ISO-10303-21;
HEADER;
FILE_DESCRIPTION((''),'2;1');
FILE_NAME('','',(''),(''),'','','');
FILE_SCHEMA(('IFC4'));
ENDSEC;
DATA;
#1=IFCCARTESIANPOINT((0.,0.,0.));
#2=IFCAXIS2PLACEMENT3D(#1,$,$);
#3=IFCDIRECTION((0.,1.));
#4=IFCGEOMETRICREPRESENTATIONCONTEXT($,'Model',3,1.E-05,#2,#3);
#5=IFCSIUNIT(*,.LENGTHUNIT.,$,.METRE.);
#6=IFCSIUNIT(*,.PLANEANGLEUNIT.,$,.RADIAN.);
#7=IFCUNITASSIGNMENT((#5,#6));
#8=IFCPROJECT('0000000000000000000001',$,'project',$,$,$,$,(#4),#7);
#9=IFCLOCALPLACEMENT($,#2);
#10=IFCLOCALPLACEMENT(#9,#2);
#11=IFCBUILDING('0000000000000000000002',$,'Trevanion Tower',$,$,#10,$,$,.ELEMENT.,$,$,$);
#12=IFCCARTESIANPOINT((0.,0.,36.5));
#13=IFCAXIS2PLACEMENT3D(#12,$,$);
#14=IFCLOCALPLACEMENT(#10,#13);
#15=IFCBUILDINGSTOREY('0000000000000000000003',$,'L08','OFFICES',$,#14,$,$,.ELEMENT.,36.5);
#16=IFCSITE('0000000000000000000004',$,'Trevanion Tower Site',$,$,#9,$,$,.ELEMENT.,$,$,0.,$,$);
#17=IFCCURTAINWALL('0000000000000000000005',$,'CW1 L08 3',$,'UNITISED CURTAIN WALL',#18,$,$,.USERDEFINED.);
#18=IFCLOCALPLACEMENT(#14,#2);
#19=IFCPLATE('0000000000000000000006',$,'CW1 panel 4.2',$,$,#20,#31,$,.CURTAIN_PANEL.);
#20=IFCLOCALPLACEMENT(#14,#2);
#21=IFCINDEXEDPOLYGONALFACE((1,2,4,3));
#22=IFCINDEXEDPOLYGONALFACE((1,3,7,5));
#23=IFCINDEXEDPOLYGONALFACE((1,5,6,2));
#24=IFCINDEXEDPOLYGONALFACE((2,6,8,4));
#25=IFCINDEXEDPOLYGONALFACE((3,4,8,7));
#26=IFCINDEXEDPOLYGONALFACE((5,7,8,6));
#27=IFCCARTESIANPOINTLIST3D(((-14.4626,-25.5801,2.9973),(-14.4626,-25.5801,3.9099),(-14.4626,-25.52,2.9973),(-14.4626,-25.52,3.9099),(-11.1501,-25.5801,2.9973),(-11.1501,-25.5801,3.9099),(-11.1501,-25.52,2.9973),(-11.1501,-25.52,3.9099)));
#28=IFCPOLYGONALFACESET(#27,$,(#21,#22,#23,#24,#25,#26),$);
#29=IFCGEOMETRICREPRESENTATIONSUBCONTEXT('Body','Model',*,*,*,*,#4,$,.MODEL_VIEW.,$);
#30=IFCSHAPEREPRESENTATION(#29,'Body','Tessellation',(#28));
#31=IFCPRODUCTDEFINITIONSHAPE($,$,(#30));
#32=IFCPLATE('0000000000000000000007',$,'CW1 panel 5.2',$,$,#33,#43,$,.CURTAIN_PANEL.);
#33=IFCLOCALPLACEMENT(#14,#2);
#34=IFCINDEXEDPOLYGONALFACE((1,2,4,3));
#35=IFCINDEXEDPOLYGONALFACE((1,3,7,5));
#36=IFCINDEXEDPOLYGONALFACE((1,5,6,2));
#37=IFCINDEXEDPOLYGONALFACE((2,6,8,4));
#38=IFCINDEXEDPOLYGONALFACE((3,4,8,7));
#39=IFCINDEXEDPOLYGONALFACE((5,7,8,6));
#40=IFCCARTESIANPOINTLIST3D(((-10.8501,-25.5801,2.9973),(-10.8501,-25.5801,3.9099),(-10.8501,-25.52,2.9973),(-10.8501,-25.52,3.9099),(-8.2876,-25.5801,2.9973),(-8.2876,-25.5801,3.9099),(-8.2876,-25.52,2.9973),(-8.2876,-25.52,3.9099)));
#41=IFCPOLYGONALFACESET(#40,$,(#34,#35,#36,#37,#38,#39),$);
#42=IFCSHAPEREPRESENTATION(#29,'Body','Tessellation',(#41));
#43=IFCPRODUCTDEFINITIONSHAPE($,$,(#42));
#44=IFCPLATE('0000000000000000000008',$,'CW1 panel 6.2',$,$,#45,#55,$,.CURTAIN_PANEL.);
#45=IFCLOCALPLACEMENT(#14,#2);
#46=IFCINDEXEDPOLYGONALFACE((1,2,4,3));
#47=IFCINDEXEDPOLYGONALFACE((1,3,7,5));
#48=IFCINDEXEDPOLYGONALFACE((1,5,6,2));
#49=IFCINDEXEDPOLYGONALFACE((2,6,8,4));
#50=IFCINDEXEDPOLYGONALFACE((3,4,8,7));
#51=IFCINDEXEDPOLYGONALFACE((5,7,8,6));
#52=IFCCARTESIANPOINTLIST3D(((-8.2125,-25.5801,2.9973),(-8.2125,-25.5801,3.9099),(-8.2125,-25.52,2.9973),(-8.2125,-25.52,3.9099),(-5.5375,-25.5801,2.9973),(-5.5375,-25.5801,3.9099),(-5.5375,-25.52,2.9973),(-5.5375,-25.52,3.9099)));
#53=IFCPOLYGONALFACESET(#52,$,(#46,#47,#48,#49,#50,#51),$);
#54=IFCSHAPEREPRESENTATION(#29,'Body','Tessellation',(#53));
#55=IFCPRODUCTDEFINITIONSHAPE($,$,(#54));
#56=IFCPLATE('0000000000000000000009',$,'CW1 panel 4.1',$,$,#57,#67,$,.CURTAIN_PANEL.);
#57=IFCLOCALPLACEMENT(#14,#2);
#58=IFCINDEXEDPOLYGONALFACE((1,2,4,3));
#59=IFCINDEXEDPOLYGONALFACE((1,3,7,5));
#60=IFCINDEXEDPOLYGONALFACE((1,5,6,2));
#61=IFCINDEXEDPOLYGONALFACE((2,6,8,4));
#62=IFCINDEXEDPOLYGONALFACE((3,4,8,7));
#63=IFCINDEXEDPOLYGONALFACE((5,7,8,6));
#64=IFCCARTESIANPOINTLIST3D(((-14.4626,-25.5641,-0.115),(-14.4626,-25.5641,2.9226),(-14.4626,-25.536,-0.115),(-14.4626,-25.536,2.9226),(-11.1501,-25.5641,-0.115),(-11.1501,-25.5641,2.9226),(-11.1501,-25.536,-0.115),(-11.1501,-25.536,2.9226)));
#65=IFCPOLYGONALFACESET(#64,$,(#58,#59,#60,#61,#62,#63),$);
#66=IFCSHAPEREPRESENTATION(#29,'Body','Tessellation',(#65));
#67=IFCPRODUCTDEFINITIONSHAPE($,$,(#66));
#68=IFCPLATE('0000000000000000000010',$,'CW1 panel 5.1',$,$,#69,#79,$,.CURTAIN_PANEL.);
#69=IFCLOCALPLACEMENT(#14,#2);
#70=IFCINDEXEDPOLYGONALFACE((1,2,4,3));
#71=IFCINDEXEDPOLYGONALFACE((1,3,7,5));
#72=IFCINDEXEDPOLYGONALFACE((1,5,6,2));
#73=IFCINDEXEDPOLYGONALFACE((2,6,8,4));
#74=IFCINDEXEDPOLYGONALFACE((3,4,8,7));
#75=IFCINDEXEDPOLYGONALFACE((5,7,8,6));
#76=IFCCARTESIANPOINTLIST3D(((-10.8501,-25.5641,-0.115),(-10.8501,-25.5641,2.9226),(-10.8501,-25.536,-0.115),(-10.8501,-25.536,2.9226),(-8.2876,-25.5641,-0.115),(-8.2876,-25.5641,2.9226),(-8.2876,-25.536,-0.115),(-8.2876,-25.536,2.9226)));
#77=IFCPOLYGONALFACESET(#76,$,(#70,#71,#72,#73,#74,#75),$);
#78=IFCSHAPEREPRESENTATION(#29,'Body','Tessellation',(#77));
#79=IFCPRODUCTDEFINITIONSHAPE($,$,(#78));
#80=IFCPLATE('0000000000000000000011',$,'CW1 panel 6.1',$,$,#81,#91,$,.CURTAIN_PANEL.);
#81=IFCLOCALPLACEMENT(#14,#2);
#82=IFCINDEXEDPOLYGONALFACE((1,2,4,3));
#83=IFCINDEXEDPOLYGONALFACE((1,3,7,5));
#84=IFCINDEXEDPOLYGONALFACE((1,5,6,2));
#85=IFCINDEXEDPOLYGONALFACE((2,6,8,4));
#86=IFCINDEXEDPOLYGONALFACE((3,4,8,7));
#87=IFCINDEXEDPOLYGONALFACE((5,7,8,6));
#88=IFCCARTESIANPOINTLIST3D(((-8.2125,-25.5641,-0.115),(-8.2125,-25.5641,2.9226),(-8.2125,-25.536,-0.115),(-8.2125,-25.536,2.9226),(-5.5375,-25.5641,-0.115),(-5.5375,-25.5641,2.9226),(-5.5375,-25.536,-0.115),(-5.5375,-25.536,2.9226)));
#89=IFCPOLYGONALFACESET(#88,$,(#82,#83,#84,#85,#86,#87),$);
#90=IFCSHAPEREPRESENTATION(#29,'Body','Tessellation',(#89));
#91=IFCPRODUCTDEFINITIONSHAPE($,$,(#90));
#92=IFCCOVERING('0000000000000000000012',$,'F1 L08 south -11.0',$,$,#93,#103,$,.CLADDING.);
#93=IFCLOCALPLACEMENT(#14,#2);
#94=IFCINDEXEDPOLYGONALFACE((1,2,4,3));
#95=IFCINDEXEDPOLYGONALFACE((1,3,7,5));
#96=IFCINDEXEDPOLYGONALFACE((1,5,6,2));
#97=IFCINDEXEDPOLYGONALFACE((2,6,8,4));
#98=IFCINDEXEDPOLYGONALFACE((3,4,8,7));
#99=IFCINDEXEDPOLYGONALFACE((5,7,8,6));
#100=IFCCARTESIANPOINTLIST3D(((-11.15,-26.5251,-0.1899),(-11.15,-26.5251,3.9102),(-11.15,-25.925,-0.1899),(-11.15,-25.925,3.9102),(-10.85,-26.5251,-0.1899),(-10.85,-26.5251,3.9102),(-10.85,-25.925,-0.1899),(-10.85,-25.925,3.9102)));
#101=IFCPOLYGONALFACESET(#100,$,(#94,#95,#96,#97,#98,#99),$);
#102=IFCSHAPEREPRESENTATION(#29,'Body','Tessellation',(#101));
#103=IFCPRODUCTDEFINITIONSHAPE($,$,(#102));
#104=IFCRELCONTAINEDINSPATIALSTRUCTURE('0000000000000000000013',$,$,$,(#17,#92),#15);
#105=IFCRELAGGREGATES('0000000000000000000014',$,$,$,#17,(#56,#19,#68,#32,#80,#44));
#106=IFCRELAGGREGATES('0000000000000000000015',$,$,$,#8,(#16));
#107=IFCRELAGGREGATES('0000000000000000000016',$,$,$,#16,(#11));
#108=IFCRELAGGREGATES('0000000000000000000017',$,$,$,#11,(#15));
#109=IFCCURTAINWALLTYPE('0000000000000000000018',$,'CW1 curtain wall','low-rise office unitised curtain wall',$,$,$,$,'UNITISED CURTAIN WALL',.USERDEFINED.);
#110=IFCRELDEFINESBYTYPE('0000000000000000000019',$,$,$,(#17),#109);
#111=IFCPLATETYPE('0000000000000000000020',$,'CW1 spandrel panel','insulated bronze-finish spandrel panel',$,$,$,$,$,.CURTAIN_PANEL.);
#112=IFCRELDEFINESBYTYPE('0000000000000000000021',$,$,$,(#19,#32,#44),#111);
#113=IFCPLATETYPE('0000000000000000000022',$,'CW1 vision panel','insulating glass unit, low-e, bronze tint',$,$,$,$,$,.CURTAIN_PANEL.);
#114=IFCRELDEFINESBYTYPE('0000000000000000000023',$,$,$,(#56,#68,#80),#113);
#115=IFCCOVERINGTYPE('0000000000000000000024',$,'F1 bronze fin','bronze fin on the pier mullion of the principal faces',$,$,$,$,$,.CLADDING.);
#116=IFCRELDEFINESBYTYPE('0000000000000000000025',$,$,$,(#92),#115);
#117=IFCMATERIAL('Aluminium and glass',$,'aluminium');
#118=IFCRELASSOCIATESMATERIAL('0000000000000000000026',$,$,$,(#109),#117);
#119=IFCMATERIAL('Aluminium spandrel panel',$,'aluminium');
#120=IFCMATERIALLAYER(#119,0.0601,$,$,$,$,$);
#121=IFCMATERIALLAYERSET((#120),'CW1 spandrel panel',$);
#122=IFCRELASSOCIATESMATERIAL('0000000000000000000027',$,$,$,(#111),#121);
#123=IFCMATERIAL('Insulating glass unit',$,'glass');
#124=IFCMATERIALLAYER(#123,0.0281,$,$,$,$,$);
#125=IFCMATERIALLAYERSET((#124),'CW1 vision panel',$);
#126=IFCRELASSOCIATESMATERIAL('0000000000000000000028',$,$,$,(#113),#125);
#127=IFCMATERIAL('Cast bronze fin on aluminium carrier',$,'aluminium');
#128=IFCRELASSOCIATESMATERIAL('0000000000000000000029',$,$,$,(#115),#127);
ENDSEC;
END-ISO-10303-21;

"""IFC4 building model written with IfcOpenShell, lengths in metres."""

from ifc_helpers import new_model, si_unit, direction, frame, origin, origin_2d, place, context, subcontext, project, spatial, rectangle, extrude, material, layer, layer_set, type_object, element, aggregate, save


model = new_model("IFC4")

# Units and contexts
model_context = context("Model", 3, precision=1e-05, world=origin(), true_north=direction((0.0, 1.0)))
body_context = subcontext(model_context, "Body", "Model", "MODEL_VIEW")
ifc_project = project(units=[si_unit("LENGTHUNIT", "METRE"), si_unit("PLANEANGLEUNIT", "RADIAN")], contexts=[model_context])

# Site, building, storey
site_placement = place(None, origin())
site = spatial("IfcSite", under=ifc_project, at=site_placement, Name="Trevanion Tower Site", CompositionType="ELEMENT", RefElevation=0.0)
building_placement = place(site_placement, origin())
building = spatial("IfcBuilding", under=site, at=building_placement, Name="Trevanion Tower", CompositionType="ELEMENT")
storey_placement = place(building_placement, frame((0.0, 0.0, 36.5)))
storey = spatial("IfcBuildingStorey", under=building, at=storey_placement, Name="L08", Description="OFFICES", CompositionType="ELEMENT", Elevation=36.5)

# Curtain wall
ifc_material_1 = material(Name="Aluminium and glass", Category="aluminium")
curtain_wall_type = type_object("IfcCurtainWallType", Name="CW1 curtain wall", Description="low-rise office unitised curtain wall", ElementType="UNITISED CURTAIN WALL", PredefinedType="USERDEFINED", material=ifc_material_1)
curtain_wall_placement = place(storey_placement, origin())
curtain_wall = element("IfcCurtainWall", 1, at=curtain_wall_placement, inside=storey, type_object=curtain_wall_type, Name="CW1 L08 3", ObjectType="UNITISED CURTAIN WALL", PredefinedType="USERDEFINED")

# Plates
ifc_material_2 = material(Name="Aluminium spandrel panel", Category="aluminium")
ifc_layer_1 = layer(ifc_material_2, 0.0601)
ifc_layer_set_1 = layer_set([ifc_layer_1], Name="CW1 spandrel panel")
plate_type_1 = type_object("IfcPlateType", Name="CW1 spandrel panel", Description="insulated bronze-finish spandrel panel", PredefinedType="CURTAIN_PANEL", material=ifc_layer_set_1)
plate_1_placement = place(storey_placement, frame((-12.8064, -25.55, 2.9973), z_axis=(0.0, 0.0, 1.0), x_axis=(1.0, 0.0, 0.0)))
plate_1 = element("IfcPlate", 2, at=plate_1_placement, type_object=plate_type_1, Name="CW1 panel 4.2", PredefinedType="CURTAIN_PANEL", context=body_context, shape_type="SweptSolid", body=[
    extrude(rectangle(XDim=3.3125, YDim=0.0601, at=origin_2d()), origin(), (0.0, 0.0, 1.0), 0.9126),
])
plate_2_placement = place(storey_placement, frame((-9.5688, -25.55, 2.9973), z_axis=(0.0, 0.0, 1.0), x_axis=(1.0, 0.0, 0.0)))
plate_2 = element("IfcPlate", 3, at=plate_2_placement, type_object=plate_type_1, Name="CW1 panel 5.2", PredefinedType="CURTAIN_PANEL", context=body_context, shape_type="SweptSolid", body=[
    extrude(rectangle(XDim=2.5625, YDim=0.0601, at=origin_2d()), origin(), (0.0, 0.0, 1.0), 0.9126),
])
plate_3_placement = place(storey_placement, frame((-6.875, -25.55, 2.9973), z_axis=(0.0, 0.0, 1.0), x_axis=(1.0, 0.0, 0.0)))
plate_3 = element("IfcPlate", 4, at=plate_3_placement, type_object=plate_type_1, Name="CW1 panel 6.2", PredefinedType="CURTAIN_PANEL", context=body_context, shape_type="SweptSolid", body=[
    extrude(rectangle(XDim=2.675, YDim=0.0601, at=origin_2d()), origin(), (0.0, 0.0, 1.0), 0.9126),
])
ifc_material_3 = material(Name="Insulating glass unit", Category="glass")
ifc_layer_2 = layer(ifc_material_3, 0.0281)
ifc_layer_set_2 = layer_set([ifc_layer_2], Name="CW1 vision panel")
plate_type_2 = type_object("IfcPlateType", Name="CW1 vision panel", Description="insulating glass unit, low-e, bronze tint", PredefinedType="CURTAIN_PANEL", material=ifc_layer_set_2)
plate_4_placement = place(storey_placement, frame((-12.8064, -25.55, -0.115), z_axis=(0.0, 0.0, 1.0), x_axis=(1.0, 0.0, 0.0)))
plate_4 = element("IfcPlate", 5, at=plate_4_placement, type_object=plate_type_2, Name="CW1 panel 4.1", PredefinedType="CURTAIN_PANEL", context=body_context, shape_type="SweptSolid", body=[
    extrude(rectangle(XDim=3.3125, YDim=0.0281, at=origin_2d()), origin(), (0.0, 0.0, 1.0), 3.0376),
])
plate_5_placement = place(storey_placement, frame((-9.5688, -25.55, -0.115), z_axis=(0.0, 0.0, 1.0), x_axis=(1.0, 0.0, 0.0)))
plate_5 = element("IfcPlate", 6, at=plate_5_placement, type_object=plate_type_2, Name="CW1 panel 5.1", PredefinedType="CURTAIN_PANEL", context=body_context, shape_type="SweptSolid", body=[
    extrude(rectangle(XDim=2.5625, YDim=0.0281, at=origin_2d()), origin(), (0.0, 0.0, 1.0), 3.0376),
])
plate_6_placement = place(storey_placement, frame((-6.875, -25.55, -0.115), z_axis=(0.0, 0.0, 1.0), x_axis=(1.0, 0.0, 0.0)))
plate_6 = element("IfcPlate", 7, at=plate_6_placement, type_object=plate_type_2, Name="CW1 panel 6.1", PredefinedType="CURTAIN_PANEL", context=body_context, shape_type="SweptSolid", body=[
    extrude(rectangle(XDim=2.675, YDim=0.0281, at=origin_2d()), origin(), (0.0, 0.0, 1.0), 3.0376),
])
aggregate(curtain_wall, [plate_4, plate_1, plate_5, plate_2, plate_6, plate_3])

# Covering
ifc_material_4 = material(Name="Cast bronze fin on aluminium carrier", Category="aluminium")
covering_type = type_object("IfcCoveringType", Name="F1 bronze fin", Description="bronze fin on the pier mullion of the principal faces", PredefinedType="CLADDING", material=ifc_material_4)
covering_placement = place(storey_placement, frame((-11.0, -26.2251, -0.1899), z_axis=(0.0, 0.0, 1.0), x_axis=(1.0, 0.0, 0.0)))
element("IfcCovering", 8, at=covering_placement, inside=storey, type_object=covering_type, Name="F1 L08 south -11.0", PredefinedType="CLADDING", context=body_context, shape_type="SweptSolid", body=[
    extrude(rectangle(XDim=0.3, YDim=0.6001, at=origin_2d()), origin(), (0.0, 0.0, 1.0), 4.1001),
])

save(model, "model.ifc")
